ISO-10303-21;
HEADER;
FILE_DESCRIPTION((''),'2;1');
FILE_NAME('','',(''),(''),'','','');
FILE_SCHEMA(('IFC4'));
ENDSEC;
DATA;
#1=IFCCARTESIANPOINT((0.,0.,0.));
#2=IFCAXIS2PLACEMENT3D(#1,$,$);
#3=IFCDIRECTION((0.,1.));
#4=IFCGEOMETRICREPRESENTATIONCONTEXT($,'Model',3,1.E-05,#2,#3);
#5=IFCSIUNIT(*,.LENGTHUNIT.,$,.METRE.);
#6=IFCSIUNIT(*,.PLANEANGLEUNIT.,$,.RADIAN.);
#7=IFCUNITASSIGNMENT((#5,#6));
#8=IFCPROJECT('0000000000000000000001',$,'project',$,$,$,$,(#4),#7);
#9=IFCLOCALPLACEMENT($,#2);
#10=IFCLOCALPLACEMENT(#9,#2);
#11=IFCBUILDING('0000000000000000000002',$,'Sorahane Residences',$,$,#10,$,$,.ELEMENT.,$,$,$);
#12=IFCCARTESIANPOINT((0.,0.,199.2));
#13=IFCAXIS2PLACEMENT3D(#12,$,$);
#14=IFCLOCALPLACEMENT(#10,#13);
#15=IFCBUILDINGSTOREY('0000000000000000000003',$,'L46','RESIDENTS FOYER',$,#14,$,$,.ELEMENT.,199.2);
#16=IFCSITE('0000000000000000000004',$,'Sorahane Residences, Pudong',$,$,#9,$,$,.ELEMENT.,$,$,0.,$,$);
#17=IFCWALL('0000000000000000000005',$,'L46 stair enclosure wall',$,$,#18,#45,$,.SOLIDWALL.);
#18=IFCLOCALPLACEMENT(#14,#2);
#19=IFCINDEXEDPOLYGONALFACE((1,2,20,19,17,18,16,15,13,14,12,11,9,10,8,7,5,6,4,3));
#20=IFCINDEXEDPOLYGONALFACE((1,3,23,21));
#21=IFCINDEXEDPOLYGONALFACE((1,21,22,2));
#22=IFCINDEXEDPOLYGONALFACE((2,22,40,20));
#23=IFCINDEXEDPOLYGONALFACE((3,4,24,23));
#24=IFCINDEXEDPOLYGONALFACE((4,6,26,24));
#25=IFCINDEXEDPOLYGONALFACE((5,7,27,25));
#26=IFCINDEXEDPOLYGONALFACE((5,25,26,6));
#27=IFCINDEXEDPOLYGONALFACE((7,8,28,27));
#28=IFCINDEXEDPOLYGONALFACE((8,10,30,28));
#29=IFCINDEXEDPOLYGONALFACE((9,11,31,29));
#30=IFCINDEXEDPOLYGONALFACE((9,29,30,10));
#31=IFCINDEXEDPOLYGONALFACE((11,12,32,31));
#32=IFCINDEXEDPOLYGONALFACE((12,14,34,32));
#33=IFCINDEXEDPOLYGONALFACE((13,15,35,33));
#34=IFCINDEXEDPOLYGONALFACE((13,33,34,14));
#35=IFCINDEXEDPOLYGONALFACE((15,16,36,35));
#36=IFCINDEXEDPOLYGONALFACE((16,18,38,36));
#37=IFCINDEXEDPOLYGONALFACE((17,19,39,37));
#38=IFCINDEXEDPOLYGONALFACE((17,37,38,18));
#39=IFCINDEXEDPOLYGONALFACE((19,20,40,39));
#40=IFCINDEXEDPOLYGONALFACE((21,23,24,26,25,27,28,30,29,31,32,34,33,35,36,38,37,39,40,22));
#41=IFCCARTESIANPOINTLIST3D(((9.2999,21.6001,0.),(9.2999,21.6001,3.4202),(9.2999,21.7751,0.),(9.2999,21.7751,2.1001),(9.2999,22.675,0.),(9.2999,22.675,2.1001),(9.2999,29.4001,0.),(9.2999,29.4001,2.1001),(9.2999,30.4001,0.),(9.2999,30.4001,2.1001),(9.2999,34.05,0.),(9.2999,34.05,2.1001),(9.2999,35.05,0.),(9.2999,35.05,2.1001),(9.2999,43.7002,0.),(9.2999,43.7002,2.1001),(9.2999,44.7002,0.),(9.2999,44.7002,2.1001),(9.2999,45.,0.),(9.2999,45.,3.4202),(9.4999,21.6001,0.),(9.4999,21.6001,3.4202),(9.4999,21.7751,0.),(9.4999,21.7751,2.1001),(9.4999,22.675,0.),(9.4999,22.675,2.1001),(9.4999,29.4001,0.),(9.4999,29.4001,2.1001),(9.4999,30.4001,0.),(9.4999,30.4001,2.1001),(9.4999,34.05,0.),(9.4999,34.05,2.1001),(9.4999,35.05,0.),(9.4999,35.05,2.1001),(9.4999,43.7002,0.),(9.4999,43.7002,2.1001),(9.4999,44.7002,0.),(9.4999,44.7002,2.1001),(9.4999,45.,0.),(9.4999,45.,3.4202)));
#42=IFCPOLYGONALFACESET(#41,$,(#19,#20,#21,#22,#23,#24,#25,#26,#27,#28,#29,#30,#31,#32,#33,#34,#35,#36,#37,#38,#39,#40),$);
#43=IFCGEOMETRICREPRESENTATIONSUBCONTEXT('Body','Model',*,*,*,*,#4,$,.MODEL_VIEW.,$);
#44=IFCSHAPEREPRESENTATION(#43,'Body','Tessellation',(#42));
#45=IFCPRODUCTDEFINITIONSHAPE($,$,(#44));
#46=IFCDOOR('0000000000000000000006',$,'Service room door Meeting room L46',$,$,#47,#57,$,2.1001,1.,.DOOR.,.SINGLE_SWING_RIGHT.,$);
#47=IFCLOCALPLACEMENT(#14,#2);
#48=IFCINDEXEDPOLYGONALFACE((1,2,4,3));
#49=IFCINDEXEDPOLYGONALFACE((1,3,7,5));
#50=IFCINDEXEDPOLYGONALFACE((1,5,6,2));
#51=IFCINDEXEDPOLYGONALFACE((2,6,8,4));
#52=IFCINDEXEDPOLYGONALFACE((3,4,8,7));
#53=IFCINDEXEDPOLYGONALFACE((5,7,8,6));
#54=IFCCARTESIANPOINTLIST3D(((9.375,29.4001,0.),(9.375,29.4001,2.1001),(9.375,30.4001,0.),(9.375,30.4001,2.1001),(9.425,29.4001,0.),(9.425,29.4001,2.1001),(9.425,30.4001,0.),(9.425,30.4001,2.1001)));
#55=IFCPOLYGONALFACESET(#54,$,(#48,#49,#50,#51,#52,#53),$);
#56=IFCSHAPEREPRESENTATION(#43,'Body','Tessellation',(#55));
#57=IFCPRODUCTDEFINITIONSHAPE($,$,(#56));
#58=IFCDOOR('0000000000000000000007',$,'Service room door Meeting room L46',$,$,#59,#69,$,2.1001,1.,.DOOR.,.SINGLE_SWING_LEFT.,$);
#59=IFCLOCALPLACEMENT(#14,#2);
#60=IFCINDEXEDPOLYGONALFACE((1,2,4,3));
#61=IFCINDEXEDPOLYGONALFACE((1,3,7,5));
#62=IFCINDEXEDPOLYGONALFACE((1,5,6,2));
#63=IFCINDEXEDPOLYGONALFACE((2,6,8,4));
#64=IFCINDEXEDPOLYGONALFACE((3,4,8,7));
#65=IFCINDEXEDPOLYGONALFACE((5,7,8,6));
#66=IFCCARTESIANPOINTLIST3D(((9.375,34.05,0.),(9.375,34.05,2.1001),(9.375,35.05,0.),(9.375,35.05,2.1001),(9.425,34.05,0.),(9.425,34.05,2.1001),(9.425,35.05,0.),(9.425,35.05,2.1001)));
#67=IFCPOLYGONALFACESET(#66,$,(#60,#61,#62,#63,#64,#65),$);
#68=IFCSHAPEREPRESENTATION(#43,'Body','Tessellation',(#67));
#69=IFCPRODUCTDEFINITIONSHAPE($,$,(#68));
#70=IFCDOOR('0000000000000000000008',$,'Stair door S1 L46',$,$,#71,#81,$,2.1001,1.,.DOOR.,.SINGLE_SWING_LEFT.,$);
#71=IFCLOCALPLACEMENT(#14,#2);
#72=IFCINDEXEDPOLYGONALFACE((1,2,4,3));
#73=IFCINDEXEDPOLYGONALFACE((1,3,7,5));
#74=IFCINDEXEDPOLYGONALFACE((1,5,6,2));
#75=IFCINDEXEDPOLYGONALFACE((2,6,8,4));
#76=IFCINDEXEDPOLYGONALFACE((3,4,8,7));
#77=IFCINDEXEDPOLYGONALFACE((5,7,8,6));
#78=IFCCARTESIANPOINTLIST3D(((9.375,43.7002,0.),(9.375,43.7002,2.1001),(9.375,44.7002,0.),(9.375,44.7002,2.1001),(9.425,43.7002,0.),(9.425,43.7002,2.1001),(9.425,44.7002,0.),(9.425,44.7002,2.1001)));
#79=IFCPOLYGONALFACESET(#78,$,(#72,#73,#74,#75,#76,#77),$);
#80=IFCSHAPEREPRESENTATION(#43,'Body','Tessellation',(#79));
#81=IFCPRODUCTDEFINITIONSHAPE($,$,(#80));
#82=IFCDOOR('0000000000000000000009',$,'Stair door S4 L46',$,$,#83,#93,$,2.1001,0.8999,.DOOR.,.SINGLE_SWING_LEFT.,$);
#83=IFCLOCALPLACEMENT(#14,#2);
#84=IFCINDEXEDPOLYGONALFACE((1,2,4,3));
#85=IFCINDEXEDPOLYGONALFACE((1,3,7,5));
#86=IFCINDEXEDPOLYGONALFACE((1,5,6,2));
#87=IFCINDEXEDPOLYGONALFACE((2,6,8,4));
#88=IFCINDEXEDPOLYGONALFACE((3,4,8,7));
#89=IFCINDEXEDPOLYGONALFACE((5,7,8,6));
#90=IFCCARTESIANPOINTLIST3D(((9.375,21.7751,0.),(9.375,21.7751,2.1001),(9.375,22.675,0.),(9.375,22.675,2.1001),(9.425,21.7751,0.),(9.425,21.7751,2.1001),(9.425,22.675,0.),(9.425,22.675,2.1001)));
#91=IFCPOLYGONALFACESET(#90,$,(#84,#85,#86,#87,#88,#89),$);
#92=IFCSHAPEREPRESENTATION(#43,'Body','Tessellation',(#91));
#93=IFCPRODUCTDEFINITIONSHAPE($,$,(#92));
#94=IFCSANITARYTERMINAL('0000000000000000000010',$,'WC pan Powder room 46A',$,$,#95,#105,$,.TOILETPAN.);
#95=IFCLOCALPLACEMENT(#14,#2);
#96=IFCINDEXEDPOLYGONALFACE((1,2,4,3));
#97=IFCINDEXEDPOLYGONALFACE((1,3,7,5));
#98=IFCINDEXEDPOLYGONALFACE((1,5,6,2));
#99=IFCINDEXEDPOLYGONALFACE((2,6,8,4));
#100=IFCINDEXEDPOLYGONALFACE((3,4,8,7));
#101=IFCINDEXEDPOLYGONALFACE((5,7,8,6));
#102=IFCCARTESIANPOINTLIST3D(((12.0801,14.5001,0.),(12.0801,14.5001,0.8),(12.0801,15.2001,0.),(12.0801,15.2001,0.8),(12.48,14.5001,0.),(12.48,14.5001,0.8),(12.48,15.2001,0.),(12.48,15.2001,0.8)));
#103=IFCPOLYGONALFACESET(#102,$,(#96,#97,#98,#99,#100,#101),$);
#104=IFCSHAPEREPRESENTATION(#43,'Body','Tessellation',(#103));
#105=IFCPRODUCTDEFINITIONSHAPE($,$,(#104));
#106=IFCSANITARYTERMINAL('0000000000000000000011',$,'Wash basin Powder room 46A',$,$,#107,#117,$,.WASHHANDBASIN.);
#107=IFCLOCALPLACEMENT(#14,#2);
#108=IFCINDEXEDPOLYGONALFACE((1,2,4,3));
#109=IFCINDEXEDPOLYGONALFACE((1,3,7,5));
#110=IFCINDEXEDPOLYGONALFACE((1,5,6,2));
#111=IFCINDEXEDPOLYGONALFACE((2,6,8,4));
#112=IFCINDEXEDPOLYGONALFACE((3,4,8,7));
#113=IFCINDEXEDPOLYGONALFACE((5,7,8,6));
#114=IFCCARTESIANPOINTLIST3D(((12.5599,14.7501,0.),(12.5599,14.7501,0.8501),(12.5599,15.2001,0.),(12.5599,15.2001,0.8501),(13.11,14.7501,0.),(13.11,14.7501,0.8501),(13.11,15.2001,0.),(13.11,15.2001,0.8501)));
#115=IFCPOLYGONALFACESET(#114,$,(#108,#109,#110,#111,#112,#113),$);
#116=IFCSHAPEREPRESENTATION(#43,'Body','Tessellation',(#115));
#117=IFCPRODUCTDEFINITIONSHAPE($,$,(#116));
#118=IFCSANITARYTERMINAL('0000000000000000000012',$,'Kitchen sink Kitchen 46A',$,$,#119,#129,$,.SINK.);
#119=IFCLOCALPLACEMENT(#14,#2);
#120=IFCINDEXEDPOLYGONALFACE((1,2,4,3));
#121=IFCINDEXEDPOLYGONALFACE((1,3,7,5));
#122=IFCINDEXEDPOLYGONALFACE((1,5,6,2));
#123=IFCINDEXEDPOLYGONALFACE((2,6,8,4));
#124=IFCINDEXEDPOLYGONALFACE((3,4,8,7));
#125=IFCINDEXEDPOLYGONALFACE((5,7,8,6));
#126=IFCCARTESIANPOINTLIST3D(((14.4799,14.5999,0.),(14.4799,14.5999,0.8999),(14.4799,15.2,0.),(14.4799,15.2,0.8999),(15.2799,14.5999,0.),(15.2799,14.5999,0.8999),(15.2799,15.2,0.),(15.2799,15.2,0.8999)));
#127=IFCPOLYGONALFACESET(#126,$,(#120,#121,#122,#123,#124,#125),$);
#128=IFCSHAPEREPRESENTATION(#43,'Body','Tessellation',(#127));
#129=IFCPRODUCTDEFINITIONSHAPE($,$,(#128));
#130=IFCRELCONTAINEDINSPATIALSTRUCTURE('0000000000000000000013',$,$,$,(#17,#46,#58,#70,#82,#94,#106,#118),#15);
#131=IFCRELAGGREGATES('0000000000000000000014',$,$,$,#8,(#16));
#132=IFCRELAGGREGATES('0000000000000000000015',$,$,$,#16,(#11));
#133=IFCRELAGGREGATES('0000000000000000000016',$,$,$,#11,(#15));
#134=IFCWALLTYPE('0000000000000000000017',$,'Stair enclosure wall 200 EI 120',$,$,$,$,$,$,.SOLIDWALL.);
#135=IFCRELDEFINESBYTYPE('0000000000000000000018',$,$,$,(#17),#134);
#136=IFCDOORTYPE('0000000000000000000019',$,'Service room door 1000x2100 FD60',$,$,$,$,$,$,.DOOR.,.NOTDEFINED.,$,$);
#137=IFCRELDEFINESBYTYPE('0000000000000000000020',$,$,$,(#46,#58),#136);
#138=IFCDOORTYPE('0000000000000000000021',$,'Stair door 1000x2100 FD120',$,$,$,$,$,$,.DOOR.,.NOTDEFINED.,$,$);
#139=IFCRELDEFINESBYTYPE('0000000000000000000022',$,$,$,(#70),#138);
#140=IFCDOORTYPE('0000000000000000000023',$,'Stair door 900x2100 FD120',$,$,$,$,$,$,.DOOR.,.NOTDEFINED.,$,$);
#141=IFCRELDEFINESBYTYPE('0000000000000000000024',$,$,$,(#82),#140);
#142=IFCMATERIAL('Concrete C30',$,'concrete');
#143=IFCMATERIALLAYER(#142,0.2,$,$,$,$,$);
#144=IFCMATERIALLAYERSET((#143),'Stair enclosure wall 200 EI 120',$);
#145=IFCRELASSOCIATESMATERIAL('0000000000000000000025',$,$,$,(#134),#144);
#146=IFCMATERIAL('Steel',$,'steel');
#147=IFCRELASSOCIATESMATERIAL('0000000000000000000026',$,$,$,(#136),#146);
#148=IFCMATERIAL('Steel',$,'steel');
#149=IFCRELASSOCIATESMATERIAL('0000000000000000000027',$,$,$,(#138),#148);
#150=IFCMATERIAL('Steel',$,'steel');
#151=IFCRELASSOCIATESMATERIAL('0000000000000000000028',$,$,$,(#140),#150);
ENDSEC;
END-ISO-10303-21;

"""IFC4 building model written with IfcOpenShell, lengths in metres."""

from ifc_helpers import new_model, si_unit, direction, frame, frame_2d, origin, origin_2d, place, context, subcontext, project, spatial, rectangle, extrude, material, layer, layer_set, type_object, element, fill, save


model = new_model("IFC4")

# Units and contexts
model_context = context("Model", 3, precision=1e-05, world=origin(), true_north=direction((0.0, 1.0)))
body_context = subcontext(model_context, "Body", "Model", "MODEL_VIEW")
ifc_project = project(units=[si_unit("LENGTHUNIT", "METRE"), si_unit("PLANEANGLEUNIT", "RADIAN")], contexts=[model_context])

# Site, building, storey
site_placement = place(None, origin())
site = spatial("IfcSite", under=ifc_project, at=site_placement, Name="Sorahane Residences, Pudong", CompositionType="ELEMENT", RefElevation=0.0)
building_placement = place(site_placement, origin())
building = spatial("IfcBuilding", under=site, at=building_placement, Name="Sorahane Residences", CompositionType="ELEMENT")
storey_placement = place(building_placement, frame((0.0, 0.0, 199.2)))
storey = spatial("IfcBuildingStorey", under=building, at=storey_placement, Name="L46", Description="RESIDENTS FOYER", CompositionType="ELEMENT", Elevation=199.2)

# Wall, openings, doors
ifc_material_1 = material(Name="Concrete C30", Category="concrete")
ifc_layer_1 = layer(ifc_material_1, 0.2)
ifc_layer_set_1 = layer_set([ifc_layer_1], Name="Stair enclosure wall 200 EI 120")
wall_type_1 = type_object("IfcWallType", Name="Stair enclosure wall 200 EI 120", PredefinedType="SOLIDWALL", material=ifc_layer_set_1)
wall_1_placement = place(storey_placement, frame((9.3999, 21.6001, 0.0), z_axis=(0.0, 0.0, 1.0), x_axis=(0.0, 1.0, 0.0)))
wall_1 = element("IfcWall", 1, at=wall_1_placement, inside=storey, type_object=wall_type_1, Name="L46 stair enclosure wall", PredefinedType="SOLIDWALL", context=body_context, shape_type="SweptSolid", body=[
    extrude(rectangle(XDim=23.3999, YDim=0.2, at=frame_2d((11.7, 0.0))), origin(), (0.0, 0.0, 1.0), 3.4202),
])
opening_1_placement = place(wall_1_placement, frame((7.8, 0.0, 0.0)))
opening_1 = element("IfcOpeningElement", 2, at=opening_1_placement, cuts=wall_1, PredefinedType="OPENING", context=body_context, shape_type="SweptSolid", body=[
    extrude(rectangle(XDim=1.0, YDim=2.1001, at=frame_2d((0.5, 1.05))), frame((0.0, 0.1099, 0.0), z_axis=(0.0, -1.0, 0.0), x_axis=(1.0, 0.0, 0.0)), (0.0, 0.0, 1.0), 0.22),
])
opening_2_placement = place(wall_1_placement, frame((12.45, 0.0, 0.0)))
opening_2 = element("IfcOpeningElement", 3, at=opening_2_placement, cuts=wall_1, PredefinedType="OPENING", context=body_context, shape_type="SweptSolid", body=[
    extrude(rectangle(XDim=1.0, YDim=2.1001, at=frame_2d((0.5, 1.05))), frame((0.0, 0.1099, 0.0), z_axis=(0.0, -1.0, 0.0), x_axis=(1.0, 0.0, 0.0)), (0.0, 0.0, 1.0), 0.22),
])
opening_3_placement = place(wall_1_placement, frame((22.1001, 0.0, 0.0)))
opening_3 = element("IfcOpeningElement", 4, at=opening_3_placement, cuts=wall_1, PredefinedType="OPENING", context=body_context, shape_type="SweptSolid", body=[
    extrude(rectangle(XDim=1.0, YDim=2.1001, at=frame_2d((0.5, 1.05))), frame((0.0, 0.1099, 0.0), z_axis=(0.0, -1.0, 0.0), x_axis=(1.0, 0.0, 0.0)), (0.0, 0.0, 1.0), 0.22),
])
opening_4_placement = place(wall_1_placement, frame((0.175, 0.0, 0.0)))
opening_4 = element("IfcOpeningElement", 5, at=opening_4_placement, cuts=wall_1, PredefinedType="OPENING", context=body_context, shape_type="SweptSolid", body=[
    extrude(rectangle(XDim=0.8999, YDim=2.1001, at=frame_2d((0.45, 1.05))), frame((0.0, 0.1099, 0.0), z_axis=(0.0, -1.0, 0.0), x_axis=(1.0, 0.0, 0.0)), (0.0, 0.0, 1.0), 0.22),
])
ifc_material_2 = material(Name="Steel", Category="steel")
door_type_1 = type_object("IfcDoorType", Name="Service room door 1000x2100 FD60", OperationType="NOTDEFINED", PredefinedType="DOOR", material=ifc_material_2)
door_1_placement = place(opening_1_placement, origin())
door_1 = element("IfcDoor", 6, at=door_1_placement, inside=storey, type_object=door_type_1, Name="Service room door Meeting room L46", OperationType="SINGLE_SWING_RIGHT", OverallHeight=2.1001, OverallWidth=1.0, PredefinedType="DOOR", context=body_context, shape_type="SweptSolid", body=[
    extrude(rectangle(XDim=1.0, YDim=2.1001, at=frame_2d((0.5, 1.05))), frame((0.0, 0.0249, 0.0), z_axis=(0.0, -1.0, 0.0), x_axis=(1.0, 0.0, 0.0)), (0.0, 0.0, 1.0), 0.05),
])
fill(opening_1, door_1)
door_2_placement = place(opening_2_placement, origin())
door_2 = element("IfcDoor", 7, at=door_2_placement, inside=storey, type_object=door_type_1, Name="Service room door Meeting room L46", OperationType="SINGLE_SWING_LEFT", OverallHeight=2.1001, OverallWidth=1.0, PredefinedType="DOOR", context=body_context, shape_type="SweptSolid", body=[
    extrude(rectangle(XDim=1.0, YDim=2.1001, at=frame_2d((0.5, 1.05))), frame((0.0, 0.0249, 0.0), z_axis=(0.0, -1.0, 0.0), x_axis=(1.0, 0.0, 0.0)), (0.0, 0.0, 1.0), 0.05),
])
fill(opening_2, door_2)
ifc_material_3 = material(Name="Steel", Category="steel")
door_type_2 = type_object("IfcDoorType", Name="Stair door 1000x2100 FD120", OperationType="NOTDEFINED", PredefinedType="DOOR", material=ifc_material_3)
door_3_placement = place(opening_3_placement, origin())
door_3 = element("IfcDoor", 8, at=door_3_placement, inside=storey, type_object=door_type_2, Name="Stair door S1 L46", OperationType="SINGLE_SWING_LEFT", OverallHeight=2.1001, OverallWidth=1.0, PredefinedType="DOOR", context=body_context, shape_type="SweptSolid", body=[
    extrude(rectangle(XDim=1.0, YDim=2.1001, at=frame_2d((0.5, 1.05))), frame((0.0, 0.0249, 0.0), z_axis=(0.0, -1.0, 0.0), x_axis=(1.0, 0.0, 0.0)), (0.0, 0.0, 1.0), 0.05),
])
fill(opening_3, door_3)
ifc_material_4 = material(Name="Steel", Category="steel")
door_type_3 = type_object("IfcDoorType", Name="Stair door 900x2100 FD120", OperationType="NOTDEFINED", PredefinedType="DOOR", material=ifc_material_4)
door_4_placement = place(opening_4_placement, origin())
door_4 = element("IfcDoor", 9, at=door_4_placement, inside=storey, type_object=door_type_3, Name="Stair door S4 L46", OperationType="SINGLE_SWING_LEFT", OverallHeight=2.1001, OverallWidth=0.8999, PredefinedType="DOOR", context=body_context, shape_type="SweptSolid", body=[
    extrude(rectangle(XDim=0.8999, YDim=2.1001, at=frame_2d((0.45, 1.05))), frame((0.0, 0.0249, 0.0), z_axis=(0.0, -1.0, 0.0), x_axis=(1.0, 0.0, 0.0)), (0.0, 0.0, 1.0), 0.05),
])
fill(opening_4, door_4)

# Sanitary terminals
sanitary_terminal_1_placement = place(storey_placement, frame((12.28, 14.8501, 0.0), z_axis=(0.0, 0.0, 1.0), x_axis=(1.0, 0.0, 0.0)))
element("IfcSanitaryTerminal", 10, at=sanitary_terminal_1_placement, inside=storey, Name="WC pan Powder room 46A", PredefinedType="TOILETPAN", context=body_context, shape_type="SweptSolid", body=[
    extrude(rectangle(XDim=0.3999, YDim=0.7, at=origin_2d()), origin(), (0.0, 0.0, 1.0), 0.8),
])
sanitary_terminal_2_placement = place(storey_placement, frame((12.835, 14.9751, 0.0), z_axis=(0.0, 0.0, 1.0), x_axis=(1.0, 0.0, 0.0)))
element("IfcSanitaryTerminal", 11, at=sanitary_terminal_2_placement, inside=storey, Name="Wash basin Powder room 46A", PredefinedType="WASHHANDBASIN", context=body_context, shape_type="SweptSolid", body=[
    extrude(rectangle(XDim=0.55, YDim=0.45, at=origin_2d()), origin(), (0.0, 0.0, 1.0), 0.8501),
])
sanitary_terminal_3_placement = place(storey_placement, frame((14.8799, 14.8999, 0.0), z_axis=(0.0, 0.0, 1.0), x_axis=(1.0, 0.0, 0.0)))
element("IfcSanitaryTerminal", 12, at=sanitary_terminal_3_placement, inside=storey, Name="Kitchen sink Kitchen 46A", PredefinedType="SINK", context=body_context, shape_type="SweptSolid", body=[
    extrude(rectangle(XDim=0.8, YDim=0.6001, at=origin_2d()), origin(), (0.0, 0.0, 1.0), 0.8999),
])

save(model, "model.ifc")
